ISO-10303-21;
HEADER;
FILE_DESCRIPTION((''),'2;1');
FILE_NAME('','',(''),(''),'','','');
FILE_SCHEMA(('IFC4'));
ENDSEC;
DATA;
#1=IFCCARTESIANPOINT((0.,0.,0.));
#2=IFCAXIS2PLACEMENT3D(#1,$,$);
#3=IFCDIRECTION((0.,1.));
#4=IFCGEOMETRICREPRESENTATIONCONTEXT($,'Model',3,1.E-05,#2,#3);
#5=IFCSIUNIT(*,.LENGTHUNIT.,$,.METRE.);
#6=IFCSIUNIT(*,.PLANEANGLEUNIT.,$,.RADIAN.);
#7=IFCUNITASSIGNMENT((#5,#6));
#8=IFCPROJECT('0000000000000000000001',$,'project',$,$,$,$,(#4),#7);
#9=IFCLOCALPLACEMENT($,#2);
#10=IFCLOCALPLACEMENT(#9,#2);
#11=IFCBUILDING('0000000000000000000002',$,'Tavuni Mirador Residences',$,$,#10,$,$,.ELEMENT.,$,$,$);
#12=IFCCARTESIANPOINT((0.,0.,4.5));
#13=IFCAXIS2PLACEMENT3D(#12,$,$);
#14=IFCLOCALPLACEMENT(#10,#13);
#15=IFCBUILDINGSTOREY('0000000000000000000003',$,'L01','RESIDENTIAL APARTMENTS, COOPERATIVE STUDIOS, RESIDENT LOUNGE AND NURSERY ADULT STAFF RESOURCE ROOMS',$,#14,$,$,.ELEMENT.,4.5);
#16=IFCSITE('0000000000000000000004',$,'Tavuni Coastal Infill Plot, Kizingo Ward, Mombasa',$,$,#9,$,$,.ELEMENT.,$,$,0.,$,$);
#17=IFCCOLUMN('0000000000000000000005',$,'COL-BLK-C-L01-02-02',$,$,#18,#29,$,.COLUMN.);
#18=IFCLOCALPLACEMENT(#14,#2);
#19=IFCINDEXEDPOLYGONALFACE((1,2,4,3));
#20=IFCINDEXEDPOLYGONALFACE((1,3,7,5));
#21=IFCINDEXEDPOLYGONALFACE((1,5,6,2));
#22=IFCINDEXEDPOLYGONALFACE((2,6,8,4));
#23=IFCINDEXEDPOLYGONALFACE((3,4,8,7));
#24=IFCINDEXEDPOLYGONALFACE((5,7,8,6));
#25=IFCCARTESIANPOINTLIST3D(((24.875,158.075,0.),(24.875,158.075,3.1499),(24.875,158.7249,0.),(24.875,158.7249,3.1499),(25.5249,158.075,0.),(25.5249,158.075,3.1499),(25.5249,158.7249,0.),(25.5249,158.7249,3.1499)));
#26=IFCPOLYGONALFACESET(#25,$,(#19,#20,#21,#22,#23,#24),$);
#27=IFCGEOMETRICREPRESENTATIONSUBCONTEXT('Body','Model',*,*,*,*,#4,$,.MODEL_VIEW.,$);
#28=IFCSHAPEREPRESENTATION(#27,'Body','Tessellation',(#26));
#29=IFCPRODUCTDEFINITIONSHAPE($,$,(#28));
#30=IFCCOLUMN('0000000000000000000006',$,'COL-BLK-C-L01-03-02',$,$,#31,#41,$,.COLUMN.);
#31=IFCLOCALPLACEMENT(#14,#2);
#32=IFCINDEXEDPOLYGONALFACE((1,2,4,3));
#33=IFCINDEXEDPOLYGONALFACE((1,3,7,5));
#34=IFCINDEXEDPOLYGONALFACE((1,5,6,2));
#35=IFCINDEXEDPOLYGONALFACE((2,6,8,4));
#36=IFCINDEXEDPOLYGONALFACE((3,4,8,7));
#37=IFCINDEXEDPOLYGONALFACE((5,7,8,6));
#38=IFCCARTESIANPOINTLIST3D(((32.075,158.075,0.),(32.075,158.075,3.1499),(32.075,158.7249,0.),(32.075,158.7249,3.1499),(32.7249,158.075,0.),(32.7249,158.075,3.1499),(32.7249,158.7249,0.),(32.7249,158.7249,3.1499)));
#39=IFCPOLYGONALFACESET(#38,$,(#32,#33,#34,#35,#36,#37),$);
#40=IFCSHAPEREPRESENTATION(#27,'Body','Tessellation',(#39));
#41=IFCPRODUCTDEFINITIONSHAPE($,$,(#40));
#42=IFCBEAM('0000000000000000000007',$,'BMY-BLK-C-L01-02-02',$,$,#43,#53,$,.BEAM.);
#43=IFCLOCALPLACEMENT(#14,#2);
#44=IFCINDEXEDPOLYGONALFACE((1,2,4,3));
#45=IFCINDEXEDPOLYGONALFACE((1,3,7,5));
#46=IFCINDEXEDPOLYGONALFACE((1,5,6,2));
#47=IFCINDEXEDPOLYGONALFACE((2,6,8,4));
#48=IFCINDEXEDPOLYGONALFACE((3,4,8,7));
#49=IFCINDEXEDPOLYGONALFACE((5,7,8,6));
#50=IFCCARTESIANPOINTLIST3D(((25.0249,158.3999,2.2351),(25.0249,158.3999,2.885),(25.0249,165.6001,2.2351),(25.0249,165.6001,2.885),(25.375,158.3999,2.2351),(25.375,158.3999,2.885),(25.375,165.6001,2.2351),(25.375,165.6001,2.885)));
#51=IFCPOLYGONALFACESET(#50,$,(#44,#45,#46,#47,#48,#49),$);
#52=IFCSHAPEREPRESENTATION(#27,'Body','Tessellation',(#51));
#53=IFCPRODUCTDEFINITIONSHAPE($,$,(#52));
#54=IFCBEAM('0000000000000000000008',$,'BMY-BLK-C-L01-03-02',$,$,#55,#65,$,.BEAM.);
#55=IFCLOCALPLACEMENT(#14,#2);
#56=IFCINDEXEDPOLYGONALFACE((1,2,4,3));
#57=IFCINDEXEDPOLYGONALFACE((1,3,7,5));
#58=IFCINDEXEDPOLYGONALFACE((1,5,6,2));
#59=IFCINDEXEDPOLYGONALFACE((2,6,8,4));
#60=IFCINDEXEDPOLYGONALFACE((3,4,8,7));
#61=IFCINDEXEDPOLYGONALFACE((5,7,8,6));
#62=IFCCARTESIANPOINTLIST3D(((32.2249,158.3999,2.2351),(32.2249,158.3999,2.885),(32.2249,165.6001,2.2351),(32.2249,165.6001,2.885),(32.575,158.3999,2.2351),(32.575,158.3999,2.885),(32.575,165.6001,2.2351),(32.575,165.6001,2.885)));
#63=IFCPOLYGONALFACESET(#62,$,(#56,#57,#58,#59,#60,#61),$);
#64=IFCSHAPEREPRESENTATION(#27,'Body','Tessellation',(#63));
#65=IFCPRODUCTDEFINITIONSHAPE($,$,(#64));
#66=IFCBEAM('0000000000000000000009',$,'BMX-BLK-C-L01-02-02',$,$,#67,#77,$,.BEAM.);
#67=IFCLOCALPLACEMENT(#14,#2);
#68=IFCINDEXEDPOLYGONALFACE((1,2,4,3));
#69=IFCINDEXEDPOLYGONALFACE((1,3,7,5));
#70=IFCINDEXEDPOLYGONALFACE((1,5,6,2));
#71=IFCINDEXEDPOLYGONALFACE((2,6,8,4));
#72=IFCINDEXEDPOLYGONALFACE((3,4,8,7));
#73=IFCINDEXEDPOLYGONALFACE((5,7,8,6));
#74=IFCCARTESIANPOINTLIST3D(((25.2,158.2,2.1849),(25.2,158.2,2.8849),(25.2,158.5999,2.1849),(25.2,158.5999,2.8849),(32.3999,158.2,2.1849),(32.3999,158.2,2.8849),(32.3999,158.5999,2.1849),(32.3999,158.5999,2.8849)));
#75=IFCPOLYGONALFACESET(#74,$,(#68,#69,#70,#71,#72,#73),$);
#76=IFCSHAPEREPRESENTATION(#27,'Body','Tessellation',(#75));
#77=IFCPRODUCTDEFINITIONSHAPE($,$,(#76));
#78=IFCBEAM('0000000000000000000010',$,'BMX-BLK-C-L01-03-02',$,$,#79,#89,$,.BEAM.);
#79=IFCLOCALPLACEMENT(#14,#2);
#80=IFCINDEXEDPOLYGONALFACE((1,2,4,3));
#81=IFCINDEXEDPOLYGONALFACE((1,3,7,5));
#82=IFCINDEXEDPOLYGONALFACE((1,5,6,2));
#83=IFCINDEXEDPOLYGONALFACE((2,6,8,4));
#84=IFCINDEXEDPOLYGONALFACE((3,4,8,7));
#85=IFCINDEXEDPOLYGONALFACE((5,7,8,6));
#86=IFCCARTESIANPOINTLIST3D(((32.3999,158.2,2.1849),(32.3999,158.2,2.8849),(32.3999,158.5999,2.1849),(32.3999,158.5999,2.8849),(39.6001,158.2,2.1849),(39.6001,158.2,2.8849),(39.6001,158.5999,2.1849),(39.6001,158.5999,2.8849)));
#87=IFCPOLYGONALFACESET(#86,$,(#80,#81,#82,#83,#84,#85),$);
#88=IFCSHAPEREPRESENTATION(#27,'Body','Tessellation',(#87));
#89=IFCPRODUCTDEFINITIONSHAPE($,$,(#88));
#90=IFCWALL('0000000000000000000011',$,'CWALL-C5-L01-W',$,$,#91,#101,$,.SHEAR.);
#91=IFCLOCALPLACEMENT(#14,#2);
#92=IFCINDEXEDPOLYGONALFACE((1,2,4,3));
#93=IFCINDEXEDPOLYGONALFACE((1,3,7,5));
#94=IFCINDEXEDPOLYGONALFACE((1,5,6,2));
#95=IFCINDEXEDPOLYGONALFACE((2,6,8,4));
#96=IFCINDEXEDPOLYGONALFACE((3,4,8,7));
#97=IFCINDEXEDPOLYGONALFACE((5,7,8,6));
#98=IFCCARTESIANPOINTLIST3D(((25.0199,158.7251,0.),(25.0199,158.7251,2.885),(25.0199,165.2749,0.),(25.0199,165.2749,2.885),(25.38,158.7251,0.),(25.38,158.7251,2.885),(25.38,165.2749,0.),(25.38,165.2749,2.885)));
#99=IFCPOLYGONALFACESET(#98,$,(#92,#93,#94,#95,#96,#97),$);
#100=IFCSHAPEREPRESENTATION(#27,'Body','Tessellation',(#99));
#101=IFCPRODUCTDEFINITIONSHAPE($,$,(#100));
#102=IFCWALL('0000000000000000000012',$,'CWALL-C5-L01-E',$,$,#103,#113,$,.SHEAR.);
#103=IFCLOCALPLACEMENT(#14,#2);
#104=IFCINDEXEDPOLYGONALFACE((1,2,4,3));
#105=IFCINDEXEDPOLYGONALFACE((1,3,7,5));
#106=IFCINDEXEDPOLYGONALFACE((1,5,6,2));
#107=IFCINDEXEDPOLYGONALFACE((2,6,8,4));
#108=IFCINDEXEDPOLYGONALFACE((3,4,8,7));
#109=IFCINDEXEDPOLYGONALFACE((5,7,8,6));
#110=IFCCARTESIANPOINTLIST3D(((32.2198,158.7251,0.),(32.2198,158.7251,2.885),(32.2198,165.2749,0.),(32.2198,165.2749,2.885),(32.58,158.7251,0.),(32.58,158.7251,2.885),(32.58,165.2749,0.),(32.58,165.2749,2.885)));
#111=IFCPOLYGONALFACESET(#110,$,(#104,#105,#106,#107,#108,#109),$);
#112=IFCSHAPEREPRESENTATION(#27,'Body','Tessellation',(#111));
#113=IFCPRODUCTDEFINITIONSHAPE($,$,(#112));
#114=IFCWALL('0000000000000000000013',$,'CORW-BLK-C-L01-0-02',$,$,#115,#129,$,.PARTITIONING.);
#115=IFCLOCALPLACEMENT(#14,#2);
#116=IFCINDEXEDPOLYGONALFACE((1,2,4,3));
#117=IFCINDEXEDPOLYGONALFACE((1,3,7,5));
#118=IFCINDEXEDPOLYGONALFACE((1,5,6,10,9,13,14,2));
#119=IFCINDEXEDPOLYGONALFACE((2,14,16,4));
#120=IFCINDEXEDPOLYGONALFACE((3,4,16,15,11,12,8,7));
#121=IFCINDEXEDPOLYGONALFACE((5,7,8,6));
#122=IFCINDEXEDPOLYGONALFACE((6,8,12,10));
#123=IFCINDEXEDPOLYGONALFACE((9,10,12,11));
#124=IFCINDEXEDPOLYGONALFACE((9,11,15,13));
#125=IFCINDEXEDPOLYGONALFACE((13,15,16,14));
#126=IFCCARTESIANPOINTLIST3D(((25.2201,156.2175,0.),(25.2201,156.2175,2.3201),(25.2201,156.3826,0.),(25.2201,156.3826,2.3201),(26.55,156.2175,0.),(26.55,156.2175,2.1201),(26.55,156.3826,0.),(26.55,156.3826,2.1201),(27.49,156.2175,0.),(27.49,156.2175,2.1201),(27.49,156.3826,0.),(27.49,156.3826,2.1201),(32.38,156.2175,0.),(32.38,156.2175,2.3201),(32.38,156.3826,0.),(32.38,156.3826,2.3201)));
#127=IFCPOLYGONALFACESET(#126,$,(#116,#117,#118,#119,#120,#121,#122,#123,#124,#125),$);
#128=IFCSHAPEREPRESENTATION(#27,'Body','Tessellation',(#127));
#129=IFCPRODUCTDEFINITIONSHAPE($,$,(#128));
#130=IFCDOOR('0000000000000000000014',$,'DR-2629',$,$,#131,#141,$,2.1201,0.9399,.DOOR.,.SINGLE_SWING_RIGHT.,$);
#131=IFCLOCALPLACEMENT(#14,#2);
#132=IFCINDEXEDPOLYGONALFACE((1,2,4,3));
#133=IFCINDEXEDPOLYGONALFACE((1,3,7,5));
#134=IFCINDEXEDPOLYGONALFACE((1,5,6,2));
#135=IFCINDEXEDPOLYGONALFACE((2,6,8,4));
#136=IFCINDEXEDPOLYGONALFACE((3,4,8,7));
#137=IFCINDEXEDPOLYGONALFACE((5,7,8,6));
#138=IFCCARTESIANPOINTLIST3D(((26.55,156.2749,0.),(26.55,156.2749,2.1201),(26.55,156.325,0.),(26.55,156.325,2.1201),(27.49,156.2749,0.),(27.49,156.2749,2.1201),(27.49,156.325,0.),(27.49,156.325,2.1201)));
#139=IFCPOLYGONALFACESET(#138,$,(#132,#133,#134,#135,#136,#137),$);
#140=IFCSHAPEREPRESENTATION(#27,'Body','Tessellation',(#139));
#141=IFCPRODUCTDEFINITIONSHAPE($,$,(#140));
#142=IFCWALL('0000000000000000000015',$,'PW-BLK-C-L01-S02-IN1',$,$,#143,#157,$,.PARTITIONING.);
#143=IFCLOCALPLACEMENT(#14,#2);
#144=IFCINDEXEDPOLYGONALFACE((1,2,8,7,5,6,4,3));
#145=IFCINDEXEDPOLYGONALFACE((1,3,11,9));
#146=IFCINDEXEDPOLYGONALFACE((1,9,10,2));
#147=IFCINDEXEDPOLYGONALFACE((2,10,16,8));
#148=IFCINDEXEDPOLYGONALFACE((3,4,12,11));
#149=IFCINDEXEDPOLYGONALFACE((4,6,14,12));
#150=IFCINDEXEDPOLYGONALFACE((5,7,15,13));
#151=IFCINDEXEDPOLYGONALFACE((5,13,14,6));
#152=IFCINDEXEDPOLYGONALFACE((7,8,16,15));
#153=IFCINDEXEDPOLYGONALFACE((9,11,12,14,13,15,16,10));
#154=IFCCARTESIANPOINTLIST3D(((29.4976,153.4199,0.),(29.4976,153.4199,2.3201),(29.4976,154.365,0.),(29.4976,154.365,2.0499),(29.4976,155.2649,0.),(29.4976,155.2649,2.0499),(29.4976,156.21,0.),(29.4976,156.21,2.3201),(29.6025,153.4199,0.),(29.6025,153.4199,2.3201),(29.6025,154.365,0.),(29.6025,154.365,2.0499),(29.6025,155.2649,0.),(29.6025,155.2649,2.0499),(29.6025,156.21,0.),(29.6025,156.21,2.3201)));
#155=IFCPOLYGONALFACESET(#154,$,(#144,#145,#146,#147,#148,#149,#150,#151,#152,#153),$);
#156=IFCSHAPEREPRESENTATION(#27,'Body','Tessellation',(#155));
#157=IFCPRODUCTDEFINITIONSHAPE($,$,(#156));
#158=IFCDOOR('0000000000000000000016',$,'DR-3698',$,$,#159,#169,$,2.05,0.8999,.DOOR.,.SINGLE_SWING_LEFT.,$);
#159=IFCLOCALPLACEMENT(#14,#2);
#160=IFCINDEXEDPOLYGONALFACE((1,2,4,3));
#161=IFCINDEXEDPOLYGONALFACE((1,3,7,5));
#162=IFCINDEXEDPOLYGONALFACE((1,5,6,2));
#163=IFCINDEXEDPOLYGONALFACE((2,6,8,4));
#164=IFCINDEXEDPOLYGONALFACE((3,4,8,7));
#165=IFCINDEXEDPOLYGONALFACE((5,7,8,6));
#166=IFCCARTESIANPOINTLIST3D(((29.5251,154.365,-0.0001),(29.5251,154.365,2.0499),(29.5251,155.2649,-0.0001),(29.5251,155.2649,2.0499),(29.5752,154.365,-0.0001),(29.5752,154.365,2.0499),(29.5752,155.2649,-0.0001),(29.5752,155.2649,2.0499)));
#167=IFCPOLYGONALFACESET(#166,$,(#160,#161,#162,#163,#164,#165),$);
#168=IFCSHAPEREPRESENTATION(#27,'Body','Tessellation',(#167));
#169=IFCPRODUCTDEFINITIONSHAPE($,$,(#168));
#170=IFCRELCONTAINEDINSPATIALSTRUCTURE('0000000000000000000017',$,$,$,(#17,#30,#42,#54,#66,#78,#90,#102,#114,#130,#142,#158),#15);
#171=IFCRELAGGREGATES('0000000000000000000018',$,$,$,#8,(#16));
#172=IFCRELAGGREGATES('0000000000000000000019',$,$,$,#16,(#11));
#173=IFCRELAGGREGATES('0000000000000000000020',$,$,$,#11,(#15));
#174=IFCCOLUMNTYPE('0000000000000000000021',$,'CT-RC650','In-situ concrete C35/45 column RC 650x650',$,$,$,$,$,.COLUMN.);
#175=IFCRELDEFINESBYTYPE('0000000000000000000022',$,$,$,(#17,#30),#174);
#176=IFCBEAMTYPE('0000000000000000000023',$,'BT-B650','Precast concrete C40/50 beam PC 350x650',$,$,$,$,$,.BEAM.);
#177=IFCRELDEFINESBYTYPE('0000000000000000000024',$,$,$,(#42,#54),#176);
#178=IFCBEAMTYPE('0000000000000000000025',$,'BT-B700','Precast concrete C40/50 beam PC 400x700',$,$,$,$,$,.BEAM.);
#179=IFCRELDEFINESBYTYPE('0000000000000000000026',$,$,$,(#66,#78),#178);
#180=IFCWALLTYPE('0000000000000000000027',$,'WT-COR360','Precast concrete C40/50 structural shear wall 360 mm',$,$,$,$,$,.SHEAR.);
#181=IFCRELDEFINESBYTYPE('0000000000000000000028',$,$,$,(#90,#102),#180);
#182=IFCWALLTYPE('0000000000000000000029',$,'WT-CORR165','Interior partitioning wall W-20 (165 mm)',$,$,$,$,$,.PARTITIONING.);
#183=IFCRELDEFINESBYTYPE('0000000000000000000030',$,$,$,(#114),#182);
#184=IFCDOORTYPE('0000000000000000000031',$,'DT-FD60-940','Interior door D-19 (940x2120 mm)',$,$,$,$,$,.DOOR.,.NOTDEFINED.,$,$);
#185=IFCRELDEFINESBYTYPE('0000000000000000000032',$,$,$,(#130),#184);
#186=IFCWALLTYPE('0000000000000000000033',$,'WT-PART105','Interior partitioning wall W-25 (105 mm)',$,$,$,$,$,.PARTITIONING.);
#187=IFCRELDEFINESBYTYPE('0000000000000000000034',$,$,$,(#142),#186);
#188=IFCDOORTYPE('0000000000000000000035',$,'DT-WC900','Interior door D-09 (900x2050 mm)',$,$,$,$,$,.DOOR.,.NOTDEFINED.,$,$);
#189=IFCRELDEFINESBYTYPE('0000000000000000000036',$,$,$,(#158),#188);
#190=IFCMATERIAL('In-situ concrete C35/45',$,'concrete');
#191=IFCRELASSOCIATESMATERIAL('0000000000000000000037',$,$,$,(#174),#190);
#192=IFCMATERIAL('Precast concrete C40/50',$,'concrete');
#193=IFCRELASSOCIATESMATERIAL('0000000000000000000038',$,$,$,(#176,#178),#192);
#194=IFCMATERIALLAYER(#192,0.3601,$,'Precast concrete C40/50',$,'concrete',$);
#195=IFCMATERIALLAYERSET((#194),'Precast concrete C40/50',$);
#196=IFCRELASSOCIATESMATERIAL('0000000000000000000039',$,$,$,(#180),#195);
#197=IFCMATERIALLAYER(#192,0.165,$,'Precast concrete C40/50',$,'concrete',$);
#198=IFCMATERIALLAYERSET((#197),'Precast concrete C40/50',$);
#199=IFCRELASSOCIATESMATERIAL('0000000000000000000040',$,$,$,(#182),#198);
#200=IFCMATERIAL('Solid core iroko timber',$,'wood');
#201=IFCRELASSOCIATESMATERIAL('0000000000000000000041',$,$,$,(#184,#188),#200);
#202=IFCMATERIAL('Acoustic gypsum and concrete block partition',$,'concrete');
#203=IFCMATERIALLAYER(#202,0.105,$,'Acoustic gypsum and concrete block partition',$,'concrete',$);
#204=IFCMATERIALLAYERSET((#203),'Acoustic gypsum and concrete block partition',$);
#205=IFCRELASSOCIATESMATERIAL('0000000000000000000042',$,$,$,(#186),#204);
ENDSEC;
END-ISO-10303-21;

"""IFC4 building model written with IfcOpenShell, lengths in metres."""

from ifc_helpers import new_model, si_unit, direction, frame, frame_2d, origin, origin_2d, place, context, subcontext, project, spatial, rectangle, extrude, material, layer, layer_set, material_profile, profile_set, type_object, element, fill, save


model = new_model("IFC4")

# Units and contexts
model_context = context("Model", 3, precision=1e-05, world=origin(), true_north=direction((0.0, 1.0)))
body_context = subcontext(model_context, "Body", "Model", "MODEL_VIEW")
ifc_project = project(units=[si_unit("LENGTHUNIT", "METRE"), si_unit("PLANEANGLEUNIT", "RADIAN")], contexts=[model_context])

# Site, building, storey
site_placement = place(None, origin())
site = spatial("IfcSite", under=ifc_project, at=site_placement, Name="Tavuni Coastal Infill Plot, Kizingo Ward, Mombasa", CompositionType="ELEMENT", RefElevation=0.0)
building_placement = place(site_placement, origin())
building = spatial("IfcBuilding", under=site, at=building_placement, Name="Tavuni Mirador Residences", CompositionType="ELEMENT")
storey_placement = place(building_placement, frame((0.0, 0.0, 4.5)))
storey = spatial("IfcBuildingStorey", under=building, at=storey_placement, Name="L01", Description="RESIDENTIAL APARTMENTS, COOPERATIVE STUDIOS, RESIDENT LOUNGE AND NURSERY ADULT STAFF RESOURCE ROOMS", CompositionType="ELEMENT", Elevation=4.5)

# Columns
ifc_material_1 = material(Name="In-situ concrete C35/45", Category="concrete")
ifc_material_profile_1 = material_profile(ifc_material_1, rectangle(XDim=0.6499, YDim=0.6499, at=origin_2d()), Name="RC 650x650", Category="concrete")
ifc_profile_set_1 = profile_set([ifc_material_profile_1], Name="In-situ concrete C35/45")
column_type = type_object("IfcColumnType", Name="CT-RC650", Description="In-situ concrete C35/45 column RC 650x650", PredefinedType="COLUMN", material=ifc_profile_set_1)
for number, where, z_axis, x_axis, name in (
    (1, (25.2, 158.3999, 0.0), (0.0, 0.0, 1.0), (1.0, 0.0, 0.0), "COL-BLK-C-L01-02-02"),
    (2, (32.3999, 158.3999, 0.0), (0.0, 0.0, 1.0), (1.0, 0.0, 0.0), "COL-BLK-C-L01-03-02"),
):
    element("IfcColumn", number, at=place(storey_placement, frame(where, z_axis=z_axis, x_axis=x_axis)), inside=storey, type_object=column_type, Name=name, PredefinedType="COLUMN", context=body_context, shape_type="SweptSolid", body=[
        extrude(rectangle(XDim=0.6499, YDim=0.6499, at=origin_2d()), origin(), (0.0, 0.0, 1.0), 3.1499),
    ])

# Beams
ifc_material_2 = material(Name="Precast concrete C40/50", Category="concrete")
ifc_material_profile_2 = material_profile(ifc_material_2, rectangle(XDim=0.3501, YDim=0.6499, at=origin_2d()), Name="PC 350x650", Category="concrete")
ifc_profile_set_2 = profile_set([ifc_material_profile_2], Name="Precast concrete C40/50")
beam_type_1 = type_object("IfcBeamType", Name="BT-B650", Description="Precast concrete C40/50 beam PC 350x650", PredefinedType="BEAM", material=ifc_profile_set_2)
for number, where, z_axis, x_axis, name in (
    (3, (25.2, 158.3999, 2.5601), (0.0, 1.0, 0.0), (-1.0, 0.0, 0.0), "BMY-BLK-C-L01-02-02"),
    (4, (32.3999, 158.3999, 2.5601), (0.0, 1.0, 0.0), (-1.0, 0.0, 0.0), "BMY-BLK-C-L01-03-02"),
):
    element("IfcBeam", number, at=place(storey_placement, frame(where, z_axis=z_axis, x_axis=x_axis)), inside=storey, type_object=beam_type_1, Name=name, PredefinedType="BEAM", context=body_context, shape_type="SweptSolid", body=[
        extrude(rectangle(XDim=0.3501, YDim=0.6499, at=origin_2d()), origin(), (0.0, 0.0, 1.0), 7.2002),
    ])
ifc_material_profile_3 = material_profile(ifc_material_2, rectangle(XDim=0.3999, YDim=0.7, at=origin_2d()), Name="PC 400x700", Category="concrete")
ifc_profile_set_3 = profile_set([ifc_material_profile_3], Name="Precast concrete C40/50")
beam_type_2 = type_object("IfcBeamType", Name="BT-B700", Description="Precast concrete C40/50 beam PC 400x700", PredefinedType="BEAM", material=ifc_profile_set_3)
beam_1_placement = place(storey_placement, frame((25.2, 158.3999, 2.5349), z_axis=(1.0, 0.0, 0.0), x_axis=(0.0, 1.0, 0.0)))
element("IfcBeam", 5, at=beam_1_placement, inside=storey, type_object=beam_type_2, Name="BMX-BLK-C-L01-02-02", PredefinedType="BEAM", context=body_context, shape_type="SweptSolid", body=[
    extrude(rectangle(XDim=0.3999, YDim=0.7, at=origin_2d()), origin(), (0.0, 0.0, 1.0), 7.2),
])
beam_2_placement = place(storey_placement, frame((32.3999, 158.3999, 2.5349), z_axis=(1.0, 0.0, 0.0), x_axis=(0.0, 1.0, 0.0)))
element("IfcBeam", 6, at=beam_2_placement, inside=storey, type_object=beam_type_2, Name="BMX-BLK-C-L01-03-02", PredefinedType="BEAM", context=body_context, shape_type="SweptSolid", body=[
    extrude(rectangle(XDim=0.3999, YDim=0.7, at=origin_2d()), origin(), (0.0, 0.0, 1.0), 7.2002),
])

# Shared definitions
ifc_material_3 = material(Name="Solid core iroko timber", Category="wood")

# Walls
ifc_layer_1 = layer(ifc_material_2, 0.3601, Name="Precast concrete C40/50", Category="concrete")
ifc_layer_set_1 = layer_set([ifc_layer_1], Name="Precast concrete C40/50")
wall_type_1 = type_object("IfcWallType", Name="WT-COR360", Description="Precast concrete C40/50 structural shear wall 360 mm", PredefinedType="SHEAR", material=ifc_layer_set_1)
for number, where, z_axis, x_axis, name in (
    (7, (25.2, 158.7251, 0.0), (0.0, 0.0, 1.0), (0.0, 1.0, 0.0), "CWALL-C5-L01-W"),
    (8, (32.3999, 158.7251, 0.0), (0.0, 0.0, 1.0), (0.0, 1.0, 0.0), "CWALL-C5-L01-E"),
):
    element("IfcWall", number, at=place(storey_placement, frame(where, z_axis=z_axis, x_axis=x_axis)), inside=storey, type_object=wall_type_1, Name=name, PredefinedType="SHEAR", context=body_context, shape_type="SweptSolid", body=[
        extrude(rectangle(XDim=6.5498, YDim=0.3601, at=frame_2d((3.2749, 0.0))), origin(), (0.0, 0.0, 1.0), 2.885),
    ])

# Walls, openings, doors
ifc_layer_2 = layer(ifc_material_2, 0.165, Name="Precast concrete C40/50", Category="concrete")
ifc_layer_set_2 = layer_set([ifc_layer_2], Name="Precast concrete C40/50")
wall_type_2 = type_object("IfcWallType", Name="WT-CORR165", Description="Interior partitioning wall W-20 (165 mm)", PredefinedType="PARTITIONING", material=ifc_layer_set_2)
wall_1_placement = place(storey_placement, frame((25.22, 156.3, 0.0), z_axis=(0.0, 0.0, 1.0), x_axis=(1.0, 0.0, 0.0)))
wall_1 = element("IfcWall", 9, at=wall_1_placement, inside=storey, type_object=wall_type_2, Name="CORW-BLK-C-L01-0-02", PredefinedType="PARTITIONING", context=body_context, shape_type="SweptSolid", body=[
    extrude(rectangle(XDim=7.1599, YDim=0.165, at=frame_2d((3.5801, 0.0))), origin(), (0.0, 0.0, 1.0), 2.3201),
])
opening_1_placement = place(wall_1_placement, frame((1.3301, 0.0, 0.0)))
opening_1 = element("IfcOpeningElement", 10, at=opening_1_placement, cuts=wall_1, PredefinedType="OPENING", context=body_context, shape_type="SweptSolid", body=[
    extrude(rectangle(XDim=0.9399, YDim=2.1201, at=frame_2d((0.47, 1.0601))), frame((0.0, 0.0925, 0.0), z_axis=(0.0, -1.0, 0.0), x_axis=(1.0, 0.0, 0.0)), (0.0, 0.0, 1.0), 0.1851),
])
door_type_1 = type_object("IfcDoorType", Name="DT-FD60-940", Description="Interior door D-19 (940x2120 mm)", OperationType="NOTDEFINED", PredefinedType="DOOR", material=ifc_material_3)
door_1_placement = place(opening_1_placement, origin())
door_1 = element("IfcDoor", 11, at=door_1_placement, inside=storey, type_object=door_type_1, Name="DR-2629", OperationType="SINGLE_SWING_RIGHT", OverallHeight=2.1201, OverallWidth=0.9399, PredefinedType="DOOR", context=body_context, shape_type="SweptSolid", body=[
    extrude(rectangle(XDim=0.9399, YDim=2.1201, at=frame_2d((0.47, 1.0601))), frame((0.0, 0.0249, 0.0), z_axis=(0.0, -1.0, 0.0), x_axis=(1.0, 0.0, 0.0)), (0.0, 0.0, 1.0), 0.05),
])
fill(opening_1, door_1)
ifc_material_4 = material(Name="Acoustic gypsum and concrete block partition", Category="concrete")
ifc_layer_3 = layer(ifc_material_4, 0.105, Name="Acoustic gypsum and concrete block partition", Category="concrete")
ifc_layer_set_3 = layer_set([ifc_layer_3], Name="Acoustic gypsum and concrete block partition")
wall_type_3 = type_object("IfcWallType", Name="WT-PART105", Description="Interior partitioning wall W-25 (105 mm)", PredefinedType="PARTITIONING", material=ifc_layer_set_3)
wall_2_placement = place(storey_placement, frame((29.55, 153.4199, 0.0), z_axis=(0.0, 0.0, 1.0), x_axis=(0.0, 1.0, 0.0)))
wall_2 = element("IfcWall", 12, at=wall_2_placement, inside=storey, type_object=wall_type_3, Name="PW-BLK-C-L01-S02-IN1", PredefinedType="PARTITIONING", context=body_context, shape_type="SweptSolid", body=[
    extrude(rectangle(XDim=2.79, YDim=0.105, at=frame_2d((1.395, 0.0))), origin(), (0.0, 0.0, 1.0), 2.3201),
])
opening_2_placement = place(wall_2_placement, frame((0.9451, 0.0, 0.0)))
opening_2 = element("IfcOpeningElement", 13, at=opening_2_placement, cuts=wall_2, PredefinedType="OPENING", context=body_context, shape_type="SweptSolid", body=[
    extrude(rectangle(XDim=0.8999, YDim=2.05, at=frame_2d((0.45, 1.0249))), frame((0.0, 0.0625, 0.0), z_axis=(0.0, -1.0, 0.0), x_axis=(1.0, 0.0, 0.0)), (0.0, 0.0, 1.0), 0.125),
])
door_type_2 = type_object("IfcDoorType", Name="DT-WC900", Description="Interior door D-09 (900x2050 mm)", OperationType="NOTDEFINED", PredefinedType="DOOR", material=ifc_material_3)
door_2_placement = place(opening_2_placement, origin())
door_2 = element("IfcDoor", 14, at=door_2_placement, inside=storey, type_object=door_type_2, Name="DR-3698", OperationType="SINGLE_SWING_LEFT", OverallHeight=2.05, OverallWidth=0.8999, PredefinedType="DOOR", context=body_context, shape_type="SweptSolid", body=[
    extrude(rectangle(XDim=0.8999, YDim=2.05, at=frame_2d((0.45, 1.0249))), frame((0.0, 0.0249, 0.0), z_axis=(0.0, -1.0, 0.0), x_axis=(1.0, 0.0, 0.0)), (0.0, 0.0, 1.0), 0.05),
])
fill(opening_2, door_2)

save(model, "model.ifc")
